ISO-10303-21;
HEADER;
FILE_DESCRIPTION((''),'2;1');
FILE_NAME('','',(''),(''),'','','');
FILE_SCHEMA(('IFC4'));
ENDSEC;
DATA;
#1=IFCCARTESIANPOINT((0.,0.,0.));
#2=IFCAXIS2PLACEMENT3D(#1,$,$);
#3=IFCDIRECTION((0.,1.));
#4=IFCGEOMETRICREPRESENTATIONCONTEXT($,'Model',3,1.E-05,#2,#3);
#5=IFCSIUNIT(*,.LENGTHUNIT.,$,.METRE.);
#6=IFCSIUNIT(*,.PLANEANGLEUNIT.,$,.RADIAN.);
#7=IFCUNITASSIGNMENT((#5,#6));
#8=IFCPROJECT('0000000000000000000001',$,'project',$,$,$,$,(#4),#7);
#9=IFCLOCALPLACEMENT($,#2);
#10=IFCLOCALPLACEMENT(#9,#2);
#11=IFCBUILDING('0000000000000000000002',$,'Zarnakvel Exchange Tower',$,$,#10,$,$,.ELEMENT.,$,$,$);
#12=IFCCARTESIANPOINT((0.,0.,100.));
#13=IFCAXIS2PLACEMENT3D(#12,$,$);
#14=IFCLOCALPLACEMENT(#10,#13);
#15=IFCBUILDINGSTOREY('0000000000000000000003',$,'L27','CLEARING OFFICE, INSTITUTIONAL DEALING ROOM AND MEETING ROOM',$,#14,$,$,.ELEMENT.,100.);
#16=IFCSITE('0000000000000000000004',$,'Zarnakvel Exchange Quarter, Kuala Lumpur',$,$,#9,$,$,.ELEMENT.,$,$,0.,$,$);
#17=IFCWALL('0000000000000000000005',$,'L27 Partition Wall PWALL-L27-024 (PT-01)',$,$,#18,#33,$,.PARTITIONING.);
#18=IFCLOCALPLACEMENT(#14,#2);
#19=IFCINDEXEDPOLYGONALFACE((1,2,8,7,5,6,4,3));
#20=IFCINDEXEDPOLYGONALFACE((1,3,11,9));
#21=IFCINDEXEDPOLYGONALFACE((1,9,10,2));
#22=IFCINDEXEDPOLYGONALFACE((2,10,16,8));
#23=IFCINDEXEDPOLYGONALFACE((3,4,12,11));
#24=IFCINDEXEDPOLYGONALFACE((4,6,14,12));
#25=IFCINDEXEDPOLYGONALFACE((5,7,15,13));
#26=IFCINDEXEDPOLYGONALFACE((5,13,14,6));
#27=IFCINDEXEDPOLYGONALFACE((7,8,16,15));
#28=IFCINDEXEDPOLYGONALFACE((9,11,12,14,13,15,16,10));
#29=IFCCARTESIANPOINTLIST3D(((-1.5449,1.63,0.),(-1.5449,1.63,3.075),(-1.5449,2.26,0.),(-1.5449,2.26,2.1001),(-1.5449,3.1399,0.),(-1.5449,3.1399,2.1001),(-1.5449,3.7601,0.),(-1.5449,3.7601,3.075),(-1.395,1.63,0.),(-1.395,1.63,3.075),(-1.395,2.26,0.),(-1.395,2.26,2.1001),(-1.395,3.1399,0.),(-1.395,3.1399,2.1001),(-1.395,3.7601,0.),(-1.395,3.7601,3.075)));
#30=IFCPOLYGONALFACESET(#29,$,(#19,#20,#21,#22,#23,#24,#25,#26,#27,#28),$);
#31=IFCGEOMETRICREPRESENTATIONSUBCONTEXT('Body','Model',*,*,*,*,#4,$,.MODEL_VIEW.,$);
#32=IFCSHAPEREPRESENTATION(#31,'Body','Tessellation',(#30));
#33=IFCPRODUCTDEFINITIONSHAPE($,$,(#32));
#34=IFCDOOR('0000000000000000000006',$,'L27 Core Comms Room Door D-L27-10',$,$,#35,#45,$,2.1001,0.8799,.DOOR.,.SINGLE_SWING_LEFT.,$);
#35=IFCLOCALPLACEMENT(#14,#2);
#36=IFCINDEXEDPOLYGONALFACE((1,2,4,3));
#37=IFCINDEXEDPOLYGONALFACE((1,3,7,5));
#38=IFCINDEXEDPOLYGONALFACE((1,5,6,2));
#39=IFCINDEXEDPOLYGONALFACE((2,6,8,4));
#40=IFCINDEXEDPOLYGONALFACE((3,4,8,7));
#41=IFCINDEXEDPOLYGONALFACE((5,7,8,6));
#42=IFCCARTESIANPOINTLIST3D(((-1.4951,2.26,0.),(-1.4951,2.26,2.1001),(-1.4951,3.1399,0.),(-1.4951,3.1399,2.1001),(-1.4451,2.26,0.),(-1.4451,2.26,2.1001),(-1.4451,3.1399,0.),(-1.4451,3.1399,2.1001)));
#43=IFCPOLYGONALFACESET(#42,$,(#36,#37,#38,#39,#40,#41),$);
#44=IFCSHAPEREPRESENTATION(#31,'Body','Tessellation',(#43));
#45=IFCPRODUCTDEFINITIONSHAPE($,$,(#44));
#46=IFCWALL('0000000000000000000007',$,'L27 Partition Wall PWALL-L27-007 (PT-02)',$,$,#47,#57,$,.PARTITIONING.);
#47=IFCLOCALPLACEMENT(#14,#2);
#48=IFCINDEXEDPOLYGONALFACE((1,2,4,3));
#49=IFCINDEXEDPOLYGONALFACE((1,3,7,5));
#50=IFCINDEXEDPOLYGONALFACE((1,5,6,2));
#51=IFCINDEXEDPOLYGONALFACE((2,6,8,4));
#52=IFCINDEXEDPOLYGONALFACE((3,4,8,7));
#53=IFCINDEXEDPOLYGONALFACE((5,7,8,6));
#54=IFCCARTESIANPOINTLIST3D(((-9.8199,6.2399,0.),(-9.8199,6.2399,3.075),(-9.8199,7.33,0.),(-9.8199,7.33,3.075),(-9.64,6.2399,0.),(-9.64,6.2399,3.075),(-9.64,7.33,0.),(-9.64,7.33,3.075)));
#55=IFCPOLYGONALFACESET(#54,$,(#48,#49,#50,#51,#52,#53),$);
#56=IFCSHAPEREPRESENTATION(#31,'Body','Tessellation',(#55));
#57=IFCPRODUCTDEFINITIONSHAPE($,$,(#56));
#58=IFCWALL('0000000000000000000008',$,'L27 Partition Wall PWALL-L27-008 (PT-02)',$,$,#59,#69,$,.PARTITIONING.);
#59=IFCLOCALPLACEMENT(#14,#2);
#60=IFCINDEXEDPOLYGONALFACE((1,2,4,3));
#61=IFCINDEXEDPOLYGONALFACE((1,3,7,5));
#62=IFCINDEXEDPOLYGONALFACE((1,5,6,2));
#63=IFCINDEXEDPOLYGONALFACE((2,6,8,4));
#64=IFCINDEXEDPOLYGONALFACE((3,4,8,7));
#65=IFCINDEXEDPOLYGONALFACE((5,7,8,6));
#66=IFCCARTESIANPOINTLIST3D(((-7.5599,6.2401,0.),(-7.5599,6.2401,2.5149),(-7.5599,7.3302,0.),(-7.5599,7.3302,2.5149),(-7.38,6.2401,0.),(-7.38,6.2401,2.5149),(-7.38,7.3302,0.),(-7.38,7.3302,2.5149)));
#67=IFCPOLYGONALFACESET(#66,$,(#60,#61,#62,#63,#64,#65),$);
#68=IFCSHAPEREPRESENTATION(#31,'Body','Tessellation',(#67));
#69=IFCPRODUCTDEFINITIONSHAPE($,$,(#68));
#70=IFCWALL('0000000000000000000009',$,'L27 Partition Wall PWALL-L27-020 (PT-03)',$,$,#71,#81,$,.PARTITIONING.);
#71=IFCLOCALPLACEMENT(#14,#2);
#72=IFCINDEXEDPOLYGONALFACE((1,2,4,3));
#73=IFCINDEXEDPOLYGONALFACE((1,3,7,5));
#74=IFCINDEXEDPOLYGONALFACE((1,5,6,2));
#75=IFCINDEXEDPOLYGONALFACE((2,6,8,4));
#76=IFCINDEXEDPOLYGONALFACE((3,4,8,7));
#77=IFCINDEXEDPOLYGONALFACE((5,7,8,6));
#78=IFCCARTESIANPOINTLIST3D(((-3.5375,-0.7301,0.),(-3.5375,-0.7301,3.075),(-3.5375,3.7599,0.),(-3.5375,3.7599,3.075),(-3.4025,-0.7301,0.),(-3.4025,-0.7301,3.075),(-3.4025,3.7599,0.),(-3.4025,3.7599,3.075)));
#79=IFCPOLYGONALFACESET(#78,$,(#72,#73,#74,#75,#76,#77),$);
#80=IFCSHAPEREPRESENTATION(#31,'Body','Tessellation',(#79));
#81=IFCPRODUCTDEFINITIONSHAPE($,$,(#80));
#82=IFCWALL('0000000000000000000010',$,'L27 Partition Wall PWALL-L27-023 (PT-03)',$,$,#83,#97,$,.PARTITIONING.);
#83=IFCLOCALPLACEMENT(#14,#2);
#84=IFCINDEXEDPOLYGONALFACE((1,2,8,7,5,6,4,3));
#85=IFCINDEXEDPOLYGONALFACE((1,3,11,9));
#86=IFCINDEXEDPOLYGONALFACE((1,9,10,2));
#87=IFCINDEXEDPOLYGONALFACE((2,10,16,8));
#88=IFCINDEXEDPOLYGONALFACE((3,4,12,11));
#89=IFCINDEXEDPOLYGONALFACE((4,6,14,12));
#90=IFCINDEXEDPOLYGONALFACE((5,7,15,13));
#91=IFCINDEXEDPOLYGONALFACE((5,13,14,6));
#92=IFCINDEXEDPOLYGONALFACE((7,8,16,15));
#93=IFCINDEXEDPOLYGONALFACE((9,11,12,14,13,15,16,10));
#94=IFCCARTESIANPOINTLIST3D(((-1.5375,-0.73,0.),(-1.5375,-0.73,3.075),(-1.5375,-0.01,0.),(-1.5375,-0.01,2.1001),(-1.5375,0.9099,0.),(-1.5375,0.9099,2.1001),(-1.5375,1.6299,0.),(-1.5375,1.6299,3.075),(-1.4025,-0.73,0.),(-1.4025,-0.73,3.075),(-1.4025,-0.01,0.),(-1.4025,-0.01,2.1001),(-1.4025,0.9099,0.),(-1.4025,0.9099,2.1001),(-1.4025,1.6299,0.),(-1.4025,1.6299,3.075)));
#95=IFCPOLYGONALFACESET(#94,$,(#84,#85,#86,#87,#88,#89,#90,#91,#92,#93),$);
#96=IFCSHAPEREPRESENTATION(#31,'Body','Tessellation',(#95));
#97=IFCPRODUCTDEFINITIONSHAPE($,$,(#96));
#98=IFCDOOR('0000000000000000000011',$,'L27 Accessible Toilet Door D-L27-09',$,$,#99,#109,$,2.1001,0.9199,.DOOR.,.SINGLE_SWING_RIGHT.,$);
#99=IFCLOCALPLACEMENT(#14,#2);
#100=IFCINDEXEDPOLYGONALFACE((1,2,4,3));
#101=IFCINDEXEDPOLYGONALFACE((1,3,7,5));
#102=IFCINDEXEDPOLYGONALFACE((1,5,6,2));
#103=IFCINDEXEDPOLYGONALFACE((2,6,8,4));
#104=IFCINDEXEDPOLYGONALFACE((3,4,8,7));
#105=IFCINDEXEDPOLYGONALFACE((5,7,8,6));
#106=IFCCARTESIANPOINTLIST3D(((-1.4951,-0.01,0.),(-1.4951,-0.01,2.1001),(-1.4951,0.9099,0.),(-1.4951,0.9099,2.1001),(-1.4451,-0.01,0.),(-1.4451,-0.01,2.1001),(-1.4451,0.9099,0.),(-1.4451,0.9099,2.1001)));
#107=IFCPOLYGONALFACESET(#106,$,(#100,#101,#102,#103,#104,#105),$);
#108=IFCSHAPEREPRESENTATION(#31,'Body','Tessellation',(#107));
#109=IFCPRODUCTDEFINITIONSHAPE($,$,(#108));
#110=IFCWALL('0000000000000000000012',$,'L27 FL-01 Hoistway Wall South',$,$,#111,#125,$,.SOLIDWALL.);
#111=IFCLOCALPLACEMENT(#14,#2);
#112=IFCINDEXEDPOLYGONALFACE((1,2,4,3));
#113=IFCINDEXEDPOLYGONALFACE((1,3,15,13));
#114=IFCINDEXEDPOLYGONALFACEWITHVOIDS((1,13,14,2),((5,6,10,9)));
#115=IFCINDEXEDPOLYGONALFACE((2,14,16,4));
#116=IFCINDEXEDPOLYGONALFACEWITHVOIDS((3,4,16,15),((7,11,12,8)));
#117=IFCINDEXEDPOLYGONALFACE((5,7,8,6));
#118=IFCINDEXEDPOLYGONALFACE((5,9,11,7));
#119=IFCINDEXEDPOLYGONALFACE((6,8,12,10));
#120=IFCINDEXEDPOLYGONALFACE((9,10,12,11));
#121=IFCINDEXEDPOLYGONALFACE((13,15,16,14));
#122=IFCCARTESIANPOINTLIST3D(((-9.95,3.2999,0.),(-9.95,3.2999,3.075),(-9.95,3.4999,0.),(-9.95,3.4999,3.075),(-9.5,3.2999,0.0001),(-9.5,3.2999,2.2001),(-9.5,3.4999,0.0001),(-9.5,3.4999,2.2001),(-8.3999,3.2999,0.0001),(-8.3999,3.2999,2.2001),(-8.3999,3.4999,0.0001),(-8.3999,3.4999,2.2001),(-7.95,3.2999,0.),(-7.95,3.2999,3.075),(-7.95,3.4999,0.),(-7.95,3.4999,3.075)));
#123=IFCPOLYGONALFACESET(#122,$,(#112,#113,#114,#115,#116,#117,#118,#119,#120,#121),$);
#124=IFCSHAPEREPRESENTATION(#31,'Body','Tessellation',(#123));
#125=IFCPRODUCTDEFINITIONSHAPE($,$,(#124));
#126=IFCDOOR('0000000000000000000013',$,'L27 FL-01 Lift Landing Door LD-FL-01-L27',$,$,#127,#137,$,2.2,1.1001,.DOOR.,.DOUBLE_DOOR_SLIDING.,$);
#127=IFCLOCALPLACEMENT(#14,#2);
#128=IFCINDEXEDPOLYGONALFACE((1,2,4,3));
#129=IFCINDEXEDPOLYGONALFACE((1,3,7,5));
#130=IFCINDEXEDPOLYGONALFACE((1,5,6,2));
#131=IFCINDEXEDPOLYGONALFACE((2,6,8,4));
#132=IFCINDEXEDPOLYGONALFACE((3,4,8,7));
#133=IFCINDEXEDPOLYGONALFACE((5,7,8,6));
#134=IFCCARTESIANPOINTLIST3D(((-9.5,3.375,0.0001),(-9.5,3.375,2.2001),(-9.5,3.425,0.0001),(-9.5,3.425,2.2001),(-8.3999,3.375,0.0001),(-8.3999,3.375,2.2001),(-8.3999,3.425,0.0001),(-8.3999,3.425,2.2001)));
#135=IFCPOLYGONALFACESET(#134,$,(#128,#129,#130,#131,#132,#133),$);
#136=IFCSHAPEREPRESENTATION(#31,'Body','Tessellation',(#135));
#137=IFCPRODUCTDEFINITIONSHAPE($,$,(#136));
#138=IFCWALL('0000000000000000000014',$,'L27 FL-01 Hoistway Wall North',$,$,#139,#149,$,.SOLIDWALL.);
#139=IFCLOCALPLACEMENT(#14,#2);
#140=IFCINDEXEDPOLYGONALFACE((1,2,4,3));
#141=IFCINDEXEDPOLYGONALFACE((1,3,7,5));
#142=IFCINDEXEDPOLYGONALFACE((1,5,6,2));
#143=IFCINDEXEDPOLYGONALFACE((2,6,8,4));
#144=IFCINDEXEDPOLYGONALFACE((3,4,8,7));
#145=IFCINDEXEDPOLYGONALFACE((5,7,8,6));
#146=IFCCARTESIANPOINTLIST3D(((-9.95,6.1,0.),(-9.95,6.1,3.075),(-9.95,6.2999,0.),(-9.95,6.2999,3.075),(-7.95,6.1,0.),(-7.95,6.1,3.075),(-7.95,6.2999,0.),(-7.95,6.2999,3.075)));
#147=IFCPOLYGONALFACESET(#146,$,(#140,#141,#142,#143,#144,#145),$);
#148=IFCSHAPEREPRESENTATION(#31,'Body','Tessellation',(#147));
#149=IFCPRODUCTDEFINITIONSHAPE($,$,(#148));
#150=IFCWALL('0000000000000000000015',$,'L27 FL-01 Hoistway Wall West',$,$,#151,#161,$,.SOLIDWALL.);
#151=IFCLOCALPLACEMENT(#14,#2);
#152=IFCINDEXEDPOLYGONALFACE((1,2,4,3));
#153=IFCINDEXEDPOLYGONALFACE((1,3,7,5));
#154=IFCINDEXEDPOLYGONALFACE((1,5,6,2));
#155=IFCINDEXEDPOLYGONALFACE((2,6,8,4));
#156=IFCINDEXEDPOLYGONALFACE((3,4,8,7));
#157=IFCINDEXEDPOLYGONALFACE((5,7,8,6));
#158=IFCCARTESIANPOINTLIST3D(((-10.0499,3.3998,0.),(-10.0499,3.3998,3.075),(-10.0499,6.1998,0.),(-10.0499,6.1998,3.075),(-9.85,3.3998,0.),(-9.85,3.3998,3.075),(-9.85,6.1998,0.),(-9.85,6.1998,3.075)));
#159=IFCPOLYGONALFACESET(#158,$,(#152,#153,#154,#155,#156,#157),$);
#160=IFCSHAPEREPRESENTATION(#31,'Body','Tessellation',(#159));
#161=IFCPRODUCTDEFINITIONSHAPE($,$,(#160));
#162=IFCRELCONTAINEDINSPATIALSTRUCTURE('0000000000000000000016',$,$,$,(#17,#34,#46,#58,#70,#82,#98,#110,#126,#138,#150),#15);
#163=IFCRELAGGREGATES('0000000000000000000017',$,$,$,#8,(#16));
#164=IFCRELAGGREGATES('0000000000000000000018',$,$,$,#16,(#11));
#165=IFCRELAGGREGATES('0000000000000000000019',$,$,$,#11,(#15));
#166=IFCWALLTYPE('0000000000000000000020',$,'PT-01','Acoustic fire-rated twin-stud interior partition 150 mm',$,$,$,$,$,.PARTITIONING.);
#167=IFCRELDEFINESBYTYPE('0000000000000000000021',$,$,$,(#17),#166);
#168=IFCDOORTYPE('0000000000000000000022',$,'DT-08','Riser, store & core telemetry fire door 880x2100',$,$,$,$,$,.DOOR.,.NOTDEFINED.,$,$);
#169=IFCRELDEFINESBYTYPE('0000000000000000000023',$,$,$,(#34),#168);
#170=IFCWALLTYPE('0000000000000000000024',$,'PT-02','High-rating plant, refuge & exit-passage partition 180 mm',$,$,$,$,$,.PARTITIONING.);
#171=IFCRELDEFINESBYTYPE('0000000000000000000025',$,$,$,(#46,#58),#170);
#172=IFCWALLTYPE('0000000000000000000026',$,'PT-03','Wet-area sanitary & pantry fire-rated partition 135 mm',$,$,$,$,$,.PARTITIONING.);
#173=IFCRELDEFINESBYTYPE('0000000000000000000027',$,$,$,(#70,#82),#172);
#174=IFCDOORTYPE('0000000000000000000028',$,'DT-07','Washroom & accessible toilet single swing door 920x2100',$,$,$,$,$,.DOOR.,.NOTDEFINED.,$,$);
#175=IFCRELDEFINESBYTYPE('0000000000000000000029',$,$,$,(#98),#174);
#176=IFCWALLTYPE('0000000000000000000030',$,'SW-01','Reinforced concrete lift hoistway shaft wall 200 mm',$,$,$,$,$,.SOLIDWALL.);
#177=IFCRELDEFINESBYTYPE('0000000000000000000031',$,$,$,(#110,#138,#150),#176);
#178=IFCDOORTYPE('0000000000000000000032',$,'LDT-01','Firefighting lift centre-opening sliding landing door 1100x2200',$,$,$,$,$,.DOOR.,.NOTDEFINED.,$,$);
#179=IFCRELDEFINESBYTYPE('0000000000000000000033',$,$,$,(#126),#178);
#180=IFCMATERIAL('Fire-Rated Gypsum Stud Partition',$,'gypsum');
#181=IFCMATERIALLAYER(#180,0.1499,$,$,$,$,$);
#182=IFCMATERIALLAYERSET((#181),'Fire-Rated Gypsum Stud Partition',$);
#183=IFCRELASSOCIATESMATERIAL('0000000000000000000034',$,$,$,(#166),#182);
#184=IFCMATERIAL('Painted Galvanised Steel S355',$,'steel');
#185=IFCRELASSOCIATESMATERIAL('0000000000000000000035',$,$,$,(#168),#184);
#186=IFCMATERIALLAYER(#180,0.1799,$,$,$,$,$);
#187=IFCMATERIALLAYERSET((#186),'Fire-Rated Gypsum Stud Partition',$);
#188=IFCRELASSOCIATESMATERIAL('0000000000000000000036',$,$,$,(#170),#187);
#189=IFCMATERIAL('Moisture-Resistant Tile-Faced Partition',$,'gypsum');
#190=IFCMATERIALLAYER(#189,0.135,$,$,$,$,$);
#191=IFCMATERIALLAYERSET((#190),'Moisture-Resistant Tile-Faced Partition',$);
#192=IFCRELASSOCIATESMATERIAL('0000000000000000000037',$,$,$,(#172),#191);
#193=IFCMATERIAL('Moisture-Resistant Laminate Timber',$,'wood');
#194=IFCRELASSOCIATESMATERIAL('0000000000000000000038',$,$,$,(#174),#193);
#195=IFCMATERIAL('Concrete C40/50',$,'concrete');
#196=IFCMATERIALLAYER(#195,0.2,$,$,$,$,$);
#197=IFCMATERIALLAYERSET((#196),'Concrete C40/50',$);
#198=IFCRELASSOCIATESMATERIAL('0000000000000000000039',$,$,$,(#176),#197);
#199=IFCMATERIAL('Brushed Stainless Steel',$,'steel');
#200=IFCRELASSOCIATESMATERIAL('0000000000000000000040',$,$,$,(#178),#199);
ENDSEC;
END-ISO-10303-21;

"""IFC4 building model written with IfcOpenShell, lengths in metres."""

from ifc_helpers import new_model, si_unit, direction, frame, frame_2d, origin, place, context, subcontext, project, spatial, rectangle, extrude, source, transform, mapped, material, layer, layer_set, type_object, element, fill, save


model = new_model("IFC4")

# Units and contexts
model_context = context("Model", 3, precision=1e-05, world=origin(), true_north=direction((0.0, 1.0)))
body_context = subcontext(model_context, "Body", "Model", "MODEL_VIEW")
ifc_project = project(units=[si_unit("LENGTHUNIT", "METRE"), si_unit("PLANEANGLEUNIT", "RADIAN")], contexts=[model_context])

# Site, building, storey
site_placement = place(None, origin())
site = spatial("IfcSite", under=ifc_project, at=site_placement, Name="Zarnakvel Exchange Quarter, Kuala Lumpur", CompositionType="ELEMENT", RefElevation=0.0)
building_placement = place(site_placement, origin())
building = spatial("IfcBuilding", under=site, at=building_placement, Name="Zarnakvel Exchange Tower", CompositionType="ELEMENT")
storey_placement = place(building_placement, frame((0.0, 0.0, 100.0)))
storey = spatial("IfcBuildingStorey", under=building, at=storey_placement, Name="L27", Description="CLEARING OFFICE, INSTITUTIONAL DEALING ROOM AND MEETING ROOM", CompositionType="ELEMENT", Elevation=100.0)

# Wall, opening, door
ifc_material_1 = material(Name="Fire-Rated Gypsum Stud Partition", Category="gypsum")
ifc_layer_1 = layer(ifc_material_1, 0.1499)
ifc_layer_set_1 = layer_set([ifc_layer_1], Name="Fire-Rated Gypsum Stud Partition")
wall_type_1 = type_object("IfcWallType", Name="PT-01", Description="Acoustic fire-rated twin-stud interior partition 150 mm", PredefinedType="PARTITIONING", material=ifc_layer_set_1)
wall_1_placement = place(storey_placement, frame((-1.47, 3.76, 0.0), z_axis=(0.0, 0.0, 1.0), x_axis=(0.0, -1.0, 0.0)))
wall_1 = element("IfcWall", 1, at=wall_1_placement, inside=storey, type_object=wall_type_1, Name="L27 Partition Wall PWALL-L27-024 (PT-01)", PredefinedType="PARTITIONING", context=body_context, shape_type="SweptSolid", body=[
    extrude(rectangle(XDim=2.1301, YDim=0.1499, at=frame_2d((1.0649, 0.0))), origin(), (0.0, 0.0, 1.0), 3.075),
])
opening_1_placement = place(wall_1_placement, frame((0.6201, 0.0, 0.0)))
opening_1 = element("IfcOpeningElement", 2, at=opening_1_placement, cuts=wall_1, PredefinedType="OPENING", context=body_context, shape_type="SweptSolid", body=[
    extrude(rectangle(XDim=0.8799, YDim=2.1001, at=frame_2d((0.4399, 1.05))), frame((0.0, 0.085, 0.0), z_axis=(0.0, -1.0, 0.0), x_axis=(1.0, 0.0, 0.0)), (0.0, 0.0, 1.0), 0.1699),
])
ifc_material_2 = material(Name="Painted Galvanised Steel S355", Category="steel")
door_type_1 = type_object("IfcDoorType", Name="DT-08", Description="Riser, store & core telemetry fire door 880x2100", OperationType="NOTDEFINED", PredefinedType="DOOR", material=ifc_material_2)
shared_shape_1 = source(origin(), body_context, "Body", "SweptSolid", [
    extrude(rectangle(XDim=0.8799, YDim=2.1001, at=frame_2d((0.4399, 1.05))), frame((0.0, 0.0249, 0.0), z_axis=(0.0, -1.0, 0.0), x_axis=(1.0, 0.0, 0.0)), (0.0, 0.0, 1.0), 0.05),
])
door_1_placement = place(opening_1_placement, origin())
door_1 = element("IfcDoor", 3, at=door_1_placement, inside=storey, type_object=door_type_1, Name="L27 Core Comms Room Door D-L27-10", OperationType="SINGLE_SWING_LEFT", OverallHeight=2.1001, OverallWidth=0.8799, PredefinedType="DOOR", context=body_context, shape_type="MappedRepresentation", body=[
    mapped(shared_shape_1, transform((0.0, 0.0, 0.0), x_axis=(1.0, 0.0, 0.0), y_axis=(0.0, 1.0, 0.0), z_axis=(0.0, 0.0, 1.0), scale=1.0)),
])
fill(opening_1, door_1)

# Walls
ifc_layer_2 = layer(ifc_material_1, 0.1799)
ifc_layer_set_2 = layer_set([ifc_layer_2], Name="Fire-Rated Gypsum Stud Partition")
wall_type_2 = type_object("IfcWallType", Name="PT-02", Description="High-rating plant, refuge & exit-passage partition 180 mm", PredefinedType="PARTITIONING", material=ifc_layer_set_2)
wall_2_placement = place(storey_placement, frame((-9.73, 6.24, 0.0), z_axis=(0.0, 0.0, 1.0), x_axis=(0.0, 1.0, 0.0)))
element("IfcWall", 4, at=wall_2_placement, inside=storey, type_object=wall_type_2, Name="L27 Partition Wall PWALL-L27-007 (PT-02)", PredefinedType="PARTITIONING", context=body_context, shape_type="SweptSolid", body=[
    extrude(rectangle(XDim=1.0901, YDim=0.1799, at=frame_2d((0.5449, 0.0))), origin(), (0.0, 0.0, 1.0), 3.075),
])
wall_3_placement = place(storey_placement, frame((-7.47, 7.3301, 0.0), z_axis=(0.0, 0.0, 1.0), x_axis=(0.0, -1.0, 0.0)))
element("IfcWall", 5, at=wall_3_placement, inside=storey, type_object=wall_type_2, Name="L27 Partition Wall PWALL-L27-008 (PT-02)", PredefinedType="PARTITIONING", context=body_context, shape_type="SweptSolid", body=[
    extrude(rectangle(XDim=1.0901, YDim=0.1799, at=frame_2d((0.5449, 0.0))), origin(), (0.0, 0.0, 1.0), 2.5149),
])
ifc_material_3 = material(Name="Moisture-Resistant Tile-Faced Partition", Category="gypsum")
ifc_layer_3 = layer(ifc_material_3, 0.135)
ifc_layer_set_3 = layer_set([ifc_layer_3], Name="Moisture-Resistant Tile-Faced Partition")
wall_type_3 = type_object("IfcWallType", Name="PT-03", Description="Wet-area sanitary & pantry fire-rated partition 135 mm", PredefinedType="PARTITIONING", material=ifc_layer_set_3)
wall_4_placement = place(storey_placement, frame((-3.47, 3.76, 0.0), z_axis=(0.0, 0.0, 1.0), x_axis=(0.0, -1.0, 0.0)))
element("IfcWall", 6, at=wall_4_placement, inside=storey, type_object=wall_type_3, Name="L27 Partition Wall PWALL-L27-020 (PT-03)", PredefinedType="PARTITIONING", context=body_context, shape_type="SweptSolid", body=[
    extrude(rectangle(XDim=4.49, YDim=0.135, at=frame_2d((2.2451, 0.0))), origin(), (0.0, 0.0, 1.0), 3.075),
])

# Walls, openings, doors
wall_5_placement = place(storey_placement, frame((-1.47, 1.6299, 0.0), z_axis=(0.0, 0.0, 1.0), x_axis=(0.0, -1.0, 0.0)))
wall_5 = element("IfcWall", 7, at=wall_5_placement, inside=storey, type_object=wall_type_3, Name="L27 Partition Wall PWALL-L27-023 (PT-03)", PredefinedType="PARTITIONING", context=body_context, shape_type="SweptSolid", body=[
    extrude(rectangle(XDim=2.3599, YDim=0.135, at=frame_2d((1.1799, 0.0))), origin(), (0.0, 0.0, 1.0), 3.075),
])
opening_2_placement = place(wall_5_placement, frame((0.72, 0.0, 0.0)))
opening_2 = element("IfcOpeningElement", 8, at=opening_2_placement, cuts=wall_5, PredefinedType="OPENING", context=body_context, shape_type="SweptSolid", body=[
    extrude(rectangle(XDim=0.9199, YDim=2.1001, at=frame_2d((0.46, 1.05))), frame((0.0, 0.0774, 0.0), z_axis=(0.0, -1.0, 0.0), x_axis=(1.0, 0.0, 0.0)), (0.0, 0.0, 1.0), 0.155),
])
ifc_material_4 = material(Name="Moisture-Resistant Laminate Timber", Category="wood")
door_type_2 = type_object("IfcDoorType", Name="DT-07", Description="Washroom & accessible toilet single swing door 920x2100", OperationType="NOTDEFINED", PredefinedType="DOOR", material=ifc_material_4)
shared_shape_2 = source(origin(), body_context, "Body", "SweptSolid", [
    extrude(rectangle(XDim=0.9199, YDim=2.1001, at=frame_2d((0.46, 1.05))), frame((0.0, 0.0249, 0.0), z_axis=(0.0, -1.0, 0.0), x_axis=(1.0, 0.0, 0.0)), (0.0, 0.0, 1.0), 0.05),
])
door_2_placement = place(opening_2_placement, origin())
door_2 = element("IfcDoor", 9, at=door_2_placement, inside=storey, type_object=door_type_2, Name="L27 Accessible Toilet Door D-L27-09", OperationType="SINGLE_SWING_RIGHT", OverallHeight=2.1001, OverallWidth=0.9199, PredefinedType="DOOR", context=body_context, shape_type="MappedRepresentation", body=[
    mapped(shared_shape_2, transform((0.0, 0.0, 0.0), x_axis=(1.0, 0.0, 0.0), y_axis=(0.0, 1.0, 0.0), z_axis=(0.0, 0.0, 1.0), scale=1.0)),
])
fill(opening_2, door_2)
ifc_material_5 = material(Name="Concrete C40/50", Category="concrete")
ifc_layer_4 = layer(ifc_material_5, 0.2)
ifc_layer_set_4 = layer_set([ifc_layer_4], Name="Concrete C40/50")
wall_type_4 = type_object("IfcWallType", Name="SW-01", Description="Reinforced concrete lift hoistway shaft wall 200 mm", PredefinedType="SOLIDWALL", material=ifc_layer_set_4)
wall_6_placement = place(storey_placement, frame((-7.95, 3.3999, 0.0), z_axis=(0.0, 0.0, 1.0), x_axis=(-1.0, 0.0, 0.0)))
wall_6 = element("IfcWall", 10, at=wall_6_placement, inside=storey, type_object=wall_type_4, Name="L27 FL-01 Hoistway Wall South", PredefinedType="SOLIDWALL", context=body_context, shape_type="SweptSolid", body=[
    extrude(rectangle(XDim=2.0, YDim=0.2, at=frame_2d((1.0, 0.0))), origin(), (0.0, 0.0, 1.0), 3.075),
])
opening_3_placement = place(wall_6_placement, frame((0.45, 0.0, 0.0)))
opening_3 = element("IfcOpeningElement", 11, at=opening_3_placement, cuts=wall_6, PredefinedType="OPENING", context=body_context, shape_type="SweptSolid", body=[
    extrude(rectangle(XDim=1.1001, YDim=2.2, at=frame_2d((0.55, 1.1001))), frame((0.0, 0.1099, 0.0), z_axis=(0.0, -1.0, 0.0), x_axis=(1.0, 0.0, 0.0)), (0.0, 0.0, 1.0), 0.22),
])
ifc_material_6 = material(Name="Brushed Stainless Steel", Category="steel")
door_type_3 = type_object("IfcDoorType", Name="LDT-01", Description="Firefighting lift centre-opening sliding landing door 1100x2200", OperationType="NOTDEFINED", PredefinedType="DOOR", material=ifc_material_6)
shared_shape_3 = source(origin(), body_context, "Body", "SweptSolid", [
    extrude(rectangle(XDim=1.1001, YDim=2.2, at=frame_2d((0.55, 1.1001))), frame((0.0, 0.0249, 0.0), z_axis=(0.0, -1.0, 0.0), x_axis=(1.0, 0.0, 0.0)), (0.0, 0.0, 1.0), 0.05),
])
door_3_placement = place(opening_3_placement, origin())
door_3 = element("IfcDoor", 12, at=door_3_placement, inside=storey, type_object=door_type_3, Name="L27 FL-01 Lift Landing Door LD-FL-01-L27", OperationType="DOUBLE_DOOR_SLIDING", OverallHeight=2.2, OverallWidth=1.1001, PredefinedType="DOOR", context=body_context, shape_type="MappedRepresentation", body=[
    mapped(shared_shape_3, transform((0.0, 0.0, 0.0), x_axis=(1.0, 0.0, 0.0), y_axis=(0.0, 1.0, 0.0), z_axis=(0.0, 0.0, 1.0), scale=1.0)),
])
fill(opening_3, door_3)

# Walls
wall_7_placement = place(storey_placement, frame((-9.95, 6.2, 0.0), z_axis=(0.0, 0.0, 1.0), x_axis=(1.0, 0.0, 0.0)))
element("IfcWall", 13, at=wall_7_placement, inside=storey, type_object=wall_type_4, Name="L27 FL-01 Hoistway Wall North", PredefinedType="SOLIDWALL", context=body_context, shape_type="SweptSolid", body=[
    extrude(rectangle(XDim=2.0, YDim=0.2, at=frame_2d((1.0, 0.0))), origin(), (0.0, 0.0, 1.0), 3.075),
])
for number, where, z_axis, x_axis, name in (
    (14, (-9.95, 3.3999, 0.0), (0.0, 0.0, 1.0), (0.0, 1.0, 0.0), "L27 FL-01 Hoistway Wall West"),
):
    element("IfcWall", number, at=place(storey_placement, frame(where, z_axis=z_axis, x_axis=x_axis)), inside=storey, type_object=wall_type_4, Name=name, PredefinedType="SOLIDWALL", context=body_context, shape_type="SweptSolid", body=[
        extrude(rectangle(XDim=2.8, YDim=0.2, at=frame_2d((1.3999, 0.0))), origin(), (0.0, 0.0, 1.0), 3.075),
    ])

save(model, "model.ifc")
